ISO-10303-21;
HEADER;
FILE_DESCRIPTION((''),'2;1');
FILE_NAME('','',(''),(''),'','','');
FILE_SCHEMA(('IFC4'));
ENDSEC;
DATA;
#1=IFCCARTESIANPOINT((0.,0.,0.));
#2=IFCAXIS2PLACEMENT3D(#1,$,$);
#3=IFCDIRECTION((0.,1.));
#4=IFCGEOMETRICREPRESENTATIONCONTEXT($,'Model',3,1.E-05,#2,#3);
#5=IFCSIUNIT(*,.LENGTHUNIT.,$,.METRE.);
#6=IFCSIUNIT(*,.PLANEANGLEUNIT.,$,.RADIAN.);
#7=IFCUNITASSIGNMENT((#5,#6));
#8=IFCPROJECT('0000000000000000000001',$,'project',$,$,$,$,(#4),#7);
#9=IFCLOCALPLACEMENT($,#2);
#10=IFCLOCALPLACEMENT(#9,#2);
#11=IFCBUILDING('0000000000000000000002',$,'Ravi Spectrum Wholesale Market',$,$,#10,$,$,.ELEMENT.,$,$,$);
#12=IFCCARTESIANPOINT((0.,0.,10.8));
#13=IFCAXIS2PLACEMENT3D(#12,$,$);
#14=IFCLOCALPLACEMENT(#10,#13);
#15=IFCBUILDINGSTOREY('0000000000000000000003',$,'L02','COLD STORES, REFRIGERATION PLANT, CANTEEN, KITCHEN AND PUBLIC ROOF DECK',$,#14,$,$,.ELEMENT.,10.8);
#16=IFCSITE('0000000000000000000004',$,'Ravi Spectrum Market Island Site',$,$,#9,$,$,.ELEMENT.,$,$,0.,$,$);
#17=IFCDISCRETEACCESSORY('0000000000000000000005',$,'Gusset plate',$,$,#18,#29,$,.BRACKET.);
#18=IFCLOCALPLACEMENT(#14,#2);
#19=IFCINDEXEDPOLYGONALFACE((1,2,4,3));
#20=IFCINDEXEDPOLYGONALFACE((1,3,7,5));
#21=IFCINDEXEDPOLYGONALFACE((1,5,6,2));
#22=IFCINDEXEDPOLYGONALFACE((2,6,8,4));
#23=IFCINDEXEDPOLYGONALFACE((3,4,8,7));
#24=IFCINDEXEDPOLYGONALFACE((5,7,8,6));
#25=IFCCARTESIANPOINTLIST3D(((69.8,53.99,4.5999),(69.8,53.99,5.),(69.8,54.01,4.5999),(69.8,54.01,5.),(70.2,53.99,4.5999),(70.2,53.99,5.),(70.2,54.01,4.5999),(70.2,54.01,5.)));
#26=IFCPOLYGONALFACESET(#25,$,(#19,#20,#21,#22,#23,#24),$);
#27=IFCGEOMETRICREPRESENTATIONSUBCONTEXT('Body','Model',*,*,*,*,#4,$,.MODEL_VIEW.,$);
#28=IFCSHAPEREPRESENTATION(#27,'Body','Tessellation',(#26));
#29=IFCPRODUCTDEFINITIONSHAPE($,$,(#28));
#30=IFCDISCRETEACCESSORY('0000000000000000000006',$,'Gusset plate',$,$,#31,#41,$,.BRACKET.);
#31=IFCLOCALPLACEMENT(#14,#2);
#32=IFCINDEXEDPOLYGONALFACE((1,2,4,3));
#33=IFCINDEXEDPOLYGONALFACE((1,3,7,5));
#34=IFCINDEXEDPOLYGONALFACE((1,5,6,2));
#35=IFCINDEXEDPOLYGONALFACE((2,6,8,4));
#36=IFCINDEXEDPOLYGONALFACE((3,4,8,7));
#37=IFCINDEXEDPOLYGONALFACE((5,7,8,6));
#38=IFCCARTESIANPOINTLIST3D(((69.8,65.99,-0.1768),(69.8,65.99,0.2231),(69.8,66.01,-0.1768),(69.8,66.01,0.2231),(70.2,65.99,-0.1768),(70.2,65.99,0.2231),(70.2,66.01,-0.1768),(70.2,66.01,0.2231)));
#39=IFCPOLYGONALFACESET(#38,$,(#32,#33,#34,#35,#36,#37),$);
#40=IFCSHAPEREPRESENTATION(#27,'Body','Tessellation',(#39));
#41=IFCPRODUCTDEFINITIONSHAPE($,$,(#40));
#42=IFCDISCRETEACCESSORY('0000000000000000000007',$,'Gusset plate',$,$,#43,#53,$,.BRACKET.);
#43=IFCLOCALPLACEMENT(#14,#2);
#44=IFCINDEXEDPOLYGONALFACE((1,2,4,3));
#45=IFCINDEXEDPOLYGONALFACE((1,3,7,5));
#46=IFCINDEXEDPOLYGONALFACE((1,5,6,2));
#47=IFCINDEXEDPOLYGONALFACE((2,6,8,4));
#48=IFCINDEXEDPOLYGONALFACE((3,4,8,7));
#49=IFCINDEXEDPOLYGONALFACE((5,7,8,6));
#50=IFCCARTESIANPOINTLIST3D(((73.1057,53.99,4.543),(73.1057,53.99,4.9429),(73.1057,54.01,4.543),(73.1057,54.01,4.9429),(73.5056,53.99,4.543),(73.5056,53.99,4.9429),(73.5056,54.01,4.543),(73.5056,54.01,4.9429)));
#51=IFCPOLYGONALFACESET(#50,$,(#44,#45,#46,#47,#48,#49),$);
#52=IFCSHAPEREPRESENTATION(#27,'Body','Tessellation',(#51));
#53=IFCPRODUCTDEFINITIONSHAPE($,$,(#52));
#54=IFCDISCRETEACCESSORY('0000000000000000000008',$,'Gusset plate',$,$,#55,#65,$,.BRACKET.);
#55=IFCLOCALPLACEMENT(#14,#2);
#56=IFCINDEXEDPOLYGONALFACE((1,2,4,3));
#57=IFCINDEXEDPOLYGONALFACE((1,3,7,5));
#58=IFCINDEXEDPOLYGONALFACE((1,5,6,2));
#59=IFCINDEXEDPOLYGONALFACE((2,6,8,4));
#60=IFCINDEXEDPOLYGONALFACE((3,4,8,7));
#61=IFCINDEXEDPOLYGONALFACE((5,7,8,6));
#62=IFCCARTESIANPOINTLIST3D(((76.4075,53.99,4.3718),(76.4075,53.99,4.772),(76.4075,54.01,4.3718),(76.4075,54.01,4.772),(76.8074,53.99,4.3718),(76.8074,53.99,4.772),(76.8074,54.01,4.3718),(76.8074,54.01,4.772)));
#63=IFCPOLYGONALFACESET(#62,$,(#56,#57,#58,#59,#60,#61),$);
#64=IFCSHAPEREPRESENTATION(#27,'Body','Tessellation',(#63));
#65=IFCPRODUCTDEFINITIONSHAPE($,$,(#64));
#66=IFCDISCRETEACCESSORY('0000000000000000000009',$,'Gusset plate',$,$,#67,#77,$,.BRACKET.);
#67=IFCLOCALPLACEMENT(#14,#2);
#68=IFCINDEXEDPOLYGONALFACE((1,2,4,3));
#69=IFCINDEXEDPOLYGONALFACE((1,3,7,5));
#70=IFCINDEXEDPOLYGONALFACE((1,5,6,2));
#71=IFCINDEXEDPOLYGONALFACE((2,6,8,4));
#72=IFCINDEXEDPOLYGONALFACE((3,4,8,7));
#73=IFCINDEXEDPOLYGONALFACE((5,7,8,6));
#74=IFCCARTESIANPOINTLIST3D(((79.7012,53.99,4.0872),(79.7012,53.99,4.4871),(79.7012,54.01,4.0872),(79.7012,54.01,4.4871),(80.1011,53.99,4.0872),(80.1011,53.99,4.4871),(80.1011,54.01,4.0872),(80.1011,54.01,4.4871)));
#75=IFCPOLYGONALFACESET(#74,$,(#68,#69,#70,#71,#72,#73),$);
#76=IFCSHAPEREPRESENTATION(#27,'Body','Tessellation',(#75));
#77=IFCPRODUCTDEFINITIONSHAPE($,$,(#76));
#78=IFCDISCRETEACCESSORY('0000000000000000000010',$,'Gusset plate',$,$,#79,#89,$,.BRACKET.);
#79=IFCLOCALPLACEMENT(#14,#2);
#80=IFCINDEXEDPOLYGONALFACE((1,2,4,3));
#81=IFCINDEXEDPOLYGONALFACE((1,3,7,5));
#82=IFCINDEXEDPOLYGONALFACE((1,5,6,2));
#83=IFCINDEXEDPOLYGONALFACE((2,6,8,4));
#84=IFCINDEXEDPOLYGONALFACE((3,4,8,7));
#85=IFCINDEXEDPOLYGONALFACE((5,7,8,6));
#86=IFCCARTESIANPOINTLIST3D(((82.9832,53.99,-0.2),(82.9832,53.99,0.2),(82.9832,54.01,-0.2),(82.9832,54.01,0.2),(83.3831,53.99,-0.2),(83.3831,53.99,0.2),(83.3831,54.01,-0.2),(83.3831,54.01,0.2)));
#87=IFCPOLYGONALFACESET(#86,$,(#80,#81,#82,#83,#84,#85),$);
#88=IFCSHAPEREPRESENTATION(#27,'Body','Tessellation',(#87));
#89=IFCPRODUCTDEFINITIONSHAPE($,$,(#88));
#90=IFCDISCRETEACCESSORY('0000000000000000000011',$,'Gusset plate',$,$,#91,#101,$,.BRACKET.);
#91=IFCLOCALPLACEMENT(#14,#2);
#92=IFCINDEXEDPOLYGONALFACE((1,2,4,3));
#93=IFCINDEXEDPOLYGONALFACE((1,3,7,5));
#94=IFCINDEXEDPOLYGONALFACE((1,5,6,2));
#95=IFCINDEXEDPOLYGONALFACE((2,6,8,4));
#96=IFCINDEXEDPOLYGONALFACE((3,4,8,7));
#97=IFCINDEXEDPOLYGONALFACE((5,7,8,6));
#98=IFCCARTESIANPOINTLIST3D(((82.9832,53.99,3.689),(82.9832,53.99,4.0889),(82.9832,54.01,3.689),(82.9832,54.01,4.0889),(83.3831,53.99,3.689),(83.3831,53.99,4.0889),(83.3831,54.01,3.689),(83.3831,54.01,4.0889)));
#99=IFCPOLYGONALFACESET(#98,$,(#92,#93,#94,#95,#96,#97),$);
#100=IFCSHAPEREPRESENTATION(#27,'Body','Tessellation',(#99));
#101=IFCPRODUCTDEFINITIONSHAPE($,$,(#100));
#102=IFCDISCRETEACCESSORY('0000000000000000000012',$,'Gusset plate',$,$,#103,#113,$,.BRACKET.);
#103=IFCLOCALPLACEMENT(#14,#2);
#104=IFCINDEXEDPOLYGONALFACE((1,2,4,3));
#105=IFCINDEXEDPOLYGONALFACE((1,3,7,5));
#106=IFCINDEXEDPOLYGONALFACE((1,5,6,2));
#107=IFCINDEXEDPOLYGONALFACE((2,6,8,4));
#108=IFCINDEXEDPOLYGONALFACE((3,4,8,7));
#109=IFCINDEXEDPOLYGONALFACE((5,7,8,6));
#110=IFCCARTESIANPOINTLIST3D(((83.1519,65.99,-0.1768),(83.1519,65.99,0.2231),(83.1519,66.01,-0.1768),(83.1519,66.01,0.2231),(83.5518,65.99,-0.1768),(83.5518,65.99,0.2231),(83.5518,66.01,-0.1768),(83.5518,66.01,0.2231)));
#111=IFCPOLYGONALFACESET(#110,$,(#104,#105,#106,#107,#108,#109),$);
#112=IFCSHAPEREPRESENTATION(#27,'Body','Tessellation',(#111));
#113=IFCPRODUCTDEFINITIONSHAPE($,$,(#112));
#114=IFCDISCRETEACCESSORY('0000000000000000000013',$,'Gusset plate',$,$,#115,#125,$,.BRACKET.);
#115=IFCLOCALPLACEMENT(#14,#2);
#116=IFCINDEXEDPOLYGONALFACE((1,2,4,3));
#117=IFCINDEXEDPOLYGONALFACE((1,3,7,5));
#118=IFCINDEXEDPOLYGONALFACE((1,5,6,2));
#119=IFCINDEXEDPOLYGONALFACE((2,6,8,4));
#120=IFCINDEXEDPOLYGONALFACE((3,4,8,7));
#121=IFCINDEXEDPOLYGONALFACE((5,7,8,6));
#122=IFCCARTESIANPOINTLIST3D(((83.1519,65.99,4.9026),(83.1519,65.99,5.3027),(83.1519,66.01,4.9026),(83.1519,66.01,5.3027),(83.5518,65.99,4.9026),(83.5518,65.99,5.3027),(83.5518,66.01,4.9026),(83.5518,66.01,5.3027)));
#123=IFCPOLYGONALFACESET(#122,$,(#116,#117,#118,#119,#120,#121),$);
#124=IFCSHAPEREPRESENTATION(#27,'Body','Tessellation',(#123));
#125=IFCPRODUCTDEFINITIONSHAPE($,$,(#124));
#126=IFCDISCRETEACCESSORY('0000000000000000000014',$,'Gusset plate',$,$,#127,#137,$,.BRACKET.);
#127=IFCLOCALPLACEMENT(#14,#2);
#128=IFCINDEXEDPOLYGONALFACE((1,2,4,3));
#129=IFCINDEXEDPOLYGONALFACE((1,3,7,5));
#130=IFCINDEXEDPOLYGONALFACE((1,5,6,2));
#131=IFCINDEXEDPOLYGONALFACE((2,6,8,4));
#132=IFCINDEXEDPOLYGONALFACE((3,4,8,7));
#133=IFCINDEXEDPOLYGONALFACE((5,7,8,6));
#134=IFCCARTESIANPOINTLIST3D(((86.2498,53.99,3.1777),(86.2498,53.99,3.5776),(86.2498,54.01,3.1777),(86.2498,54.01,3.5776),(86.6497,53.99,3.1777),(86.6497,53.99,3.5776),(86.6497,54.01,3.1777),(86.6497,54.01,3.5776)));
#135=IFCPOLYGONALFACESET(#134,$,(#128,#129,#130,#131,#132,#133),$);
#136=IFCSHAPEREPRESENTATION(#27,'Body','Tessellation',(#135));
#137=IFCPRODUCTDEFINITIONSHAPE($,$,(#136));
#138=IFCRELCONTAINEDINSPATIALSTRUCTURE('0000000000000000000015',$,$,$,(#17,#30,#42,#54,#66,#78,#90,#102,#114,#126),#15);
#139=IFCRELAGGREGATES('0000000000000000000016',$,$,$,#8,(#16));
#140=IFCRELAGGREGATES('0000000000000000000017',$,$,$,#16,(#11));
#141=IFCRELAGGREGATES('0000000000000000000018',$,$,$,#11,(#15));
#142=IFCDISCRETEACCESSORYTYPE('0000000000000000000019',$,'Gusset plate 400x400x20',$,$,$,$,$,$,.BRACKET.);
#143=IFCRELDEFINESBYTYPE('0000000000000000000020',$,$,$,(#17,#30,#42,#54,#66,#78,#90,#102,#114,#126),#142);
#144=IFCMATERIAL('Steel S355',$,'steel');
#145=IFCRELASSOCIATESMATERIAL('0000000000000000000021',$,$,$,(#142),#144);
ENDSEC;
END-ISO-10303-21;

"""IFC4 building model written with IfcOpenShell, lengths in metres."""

from ifc_helpers import new_model, si_unit, direction, frame, origin, origin_2d, place, context, subcontext, project, spatial, rectangle, extrude, material, material_profile, profile_set, type_object, element, save


model = new_model("IFC4")

# Units and contexts
model_context = context("Model", 3, precision=1e-05, world=origin(), true_north=direction((0.0, 1.0)))
body_context = subcontext(model_context, "Body", "Model", "MODEL_VIEW")
ifc_project = project(units=[si_unit("LENGTHUNIT", "METRE"), si_unit("PLANEANGLEUNIT", "RADIAN")], contexts=[model_context])

# Site, building, storey
site_placement = place(None, origin())
site = spatial("IfcSite", under=ifc_project, at=site_placement, Name="Ravi Spectrum Market Island Site", CompositionType="ELEMENT", RefElevation=0.0)
building_placement = place(site_placement, origin())
building = spatial("IfcBuilding", under=site, at=building_placement, Name="Ravi Spectrum Wholesale Market", CompositionType="ELEMENT")
storey_placement = place(building_placement, frame((0.0, 0.0, 10.8)))
storey = spatial("IfcBuildingStorey", under=building, at=storey_placement, Name="L02", Description="COLD STORES, REFRIGERATION PLANT, CANTEEN, KITCHEN AND PUBLIC ROOF DECK", CompositionType="ELEMENT", Elevation=10.8)

# Discrete accessories
ifc_material_1 = material(Name="Steel S355", Category="steel")
ifc_material_profile_1 = material_profile(ifc_material_1, rectangle(XDim=0.3999, YDim=0.02, at=origin_2d()))
ifc_profile_set_1 = profile_set([ifc_material_profile_1], Name="Steel S355")
discrete_accessory_type_1 = type_object("IfcDiscreteAccessoryType", Name="Gusset plate 400x400x20", PredefinedType="BRACKET", material=ifc_profile_set_1)
discrete_accessory_1_placement = place(storey_placement, frame((70.0, 54.0, 4.5999), z_axis=(0.0, 0.0, 1.0), x_axis=(1.0, 0.0, 0.0)))
element("IfcDiscreteAccessory", 1, at=discrete_accessory_1_placement, inside=storey, type_object=discrete_accessory_type_1, Name="Gusset plate", PredefinedType="BRACKET", context=body_context, shape_type="SweptSolid", body=[
    extrude(rectangle(XDim=0.3999, YDim=0.02, at=origin_2d()), origin(), (0.0, 0.0, 1.0), 0.4001),
])
for number, where, z_axis, x_axis, name in (
    (2, (70.0, 66.0, -0.1768), (0.0, 0.0, 1.0), (1.0, 0.0, 0.0), "Gusset plate"),
    (3, (73.3057, 54.0, 4.543), (0.0, 0.0, 1.0), (-1.0, 0.0, 0.0), "Gusset plate"),
):
    element("IfcDiscreteAccessory", number, at=place(storey_placement, frame(where, z_axis=z_axis, x_axis=x_axis)), inside=storey, type_object=discrete_accessory_type_1, Name=name, PredefinedType="BRACKET", context=body_context, shape_type="SweptSolid", body=[
        extrude(rectangle(XDim=0.3999, YDim=0.02, at=origin_2d()), origin(), (0.0, 0.0, 1.0), 0.3999),
    ])
discrete_accessory_2_placement = place(storey_placement, frame((76.6074, 54.0, 4.3718), z_axis=(0.0, 0.0, 1.0), x_axis=(-1.0, 0.0, 0.0)))
element("IfcDiscreteAccessory", 4, at=discrete_accessory_2_placement, inside=storey, type_object=discrete_accessory_type_1, Name="Gusset plate", PredefinedType="BRACKET", context=body_context, shape_type="SweptSolid", body=[
    extrude(rectangle(XDim=0.3999, YDim=0.02, at=origin_2d()), origin(), (0.0, 0.0, 1.0), 0.4001),
])
for number, where, z_axis, x_axis, name in (
    (5, (79.9011, 54.0, 4.0872), (0.0, 0.0, 1.0), (-1.0, 0.0, 0.0), "Gusset plate"),
    (6, (83.1831, 54.0, -0.2), (0.0, 0.0, 1.0), (1.0, 0.0, 0.0), "Gusset plate"),
    (7, (83.1831, 54.0, 3.689), (0.0, 0.0, 1.0), (-1.0, 0.0, 0.0), "Gusset plate"),
    (8, (83.3518, 66.0, -0.1768), (0.0, 0.0, 1.0), (1.0, 0.0, 0.0), "Gusset plate"),
):
    element("IfcDiscreteAccessory", number, at=place(storey_placement, frame(where, z_axis=z_axis, x_axis=x_axis)), inside=storey, type_object=discrete_accessory_type_1, Name=name, PredefinedType="BRACKET", context=body_context, shape_type="SweptSolid", body=[
        extrude(rectangle(XDim=0.3999, YDim=0.02, at=origin_2d()), origin(), (0.0, 0.0, 1.0), 0.3999),
    ])
discrete_accessory_3_placement = place(storey_placement, frame((83.3518, 66.0, 4.9026), z_axis=(0.0, 0.0, 1.0), x_axis=(-1.0, 0.0, 0.0)))
element("IfcDiscreteAccessory", 9, at=discrete_accessory_3_placement, inside=storey, type_object=discrete_accessory_type_1, Name="Gusset plate", PredefinedType="BRACKET", context=body_context, shape_type="SweptSolid", body=[
    extrude(rectangle(XDim=0.3999, YDim=0.02, at=origin_2d()), origin(), (0.0, 0.0, 1.0), 0.4001),
])
discrete_accessory_4_placement = place(storey_placement, frame((86.4497, 54.0, 3.1777), z_axis=(0.0, 0.0, 1.0), x_axis=(-1.0, 0.0, 0.0)))
element("IfcDiscreteAccessory", 10, at=discrete_accessory_4_placement, inside=storey, type_object=discrete_accessory_type_1, Name="Gusset plate", PredefinedType="BRACKET", context=body_context, shape_type="SweptSolid", body=[
    extrude(rectangle(XDim=0.3999, YDim=0.02, at=origin_2d()), origin(), (0.0, 0.0, 1.0), 0.3999),
])

save(model, "model.ifc")
